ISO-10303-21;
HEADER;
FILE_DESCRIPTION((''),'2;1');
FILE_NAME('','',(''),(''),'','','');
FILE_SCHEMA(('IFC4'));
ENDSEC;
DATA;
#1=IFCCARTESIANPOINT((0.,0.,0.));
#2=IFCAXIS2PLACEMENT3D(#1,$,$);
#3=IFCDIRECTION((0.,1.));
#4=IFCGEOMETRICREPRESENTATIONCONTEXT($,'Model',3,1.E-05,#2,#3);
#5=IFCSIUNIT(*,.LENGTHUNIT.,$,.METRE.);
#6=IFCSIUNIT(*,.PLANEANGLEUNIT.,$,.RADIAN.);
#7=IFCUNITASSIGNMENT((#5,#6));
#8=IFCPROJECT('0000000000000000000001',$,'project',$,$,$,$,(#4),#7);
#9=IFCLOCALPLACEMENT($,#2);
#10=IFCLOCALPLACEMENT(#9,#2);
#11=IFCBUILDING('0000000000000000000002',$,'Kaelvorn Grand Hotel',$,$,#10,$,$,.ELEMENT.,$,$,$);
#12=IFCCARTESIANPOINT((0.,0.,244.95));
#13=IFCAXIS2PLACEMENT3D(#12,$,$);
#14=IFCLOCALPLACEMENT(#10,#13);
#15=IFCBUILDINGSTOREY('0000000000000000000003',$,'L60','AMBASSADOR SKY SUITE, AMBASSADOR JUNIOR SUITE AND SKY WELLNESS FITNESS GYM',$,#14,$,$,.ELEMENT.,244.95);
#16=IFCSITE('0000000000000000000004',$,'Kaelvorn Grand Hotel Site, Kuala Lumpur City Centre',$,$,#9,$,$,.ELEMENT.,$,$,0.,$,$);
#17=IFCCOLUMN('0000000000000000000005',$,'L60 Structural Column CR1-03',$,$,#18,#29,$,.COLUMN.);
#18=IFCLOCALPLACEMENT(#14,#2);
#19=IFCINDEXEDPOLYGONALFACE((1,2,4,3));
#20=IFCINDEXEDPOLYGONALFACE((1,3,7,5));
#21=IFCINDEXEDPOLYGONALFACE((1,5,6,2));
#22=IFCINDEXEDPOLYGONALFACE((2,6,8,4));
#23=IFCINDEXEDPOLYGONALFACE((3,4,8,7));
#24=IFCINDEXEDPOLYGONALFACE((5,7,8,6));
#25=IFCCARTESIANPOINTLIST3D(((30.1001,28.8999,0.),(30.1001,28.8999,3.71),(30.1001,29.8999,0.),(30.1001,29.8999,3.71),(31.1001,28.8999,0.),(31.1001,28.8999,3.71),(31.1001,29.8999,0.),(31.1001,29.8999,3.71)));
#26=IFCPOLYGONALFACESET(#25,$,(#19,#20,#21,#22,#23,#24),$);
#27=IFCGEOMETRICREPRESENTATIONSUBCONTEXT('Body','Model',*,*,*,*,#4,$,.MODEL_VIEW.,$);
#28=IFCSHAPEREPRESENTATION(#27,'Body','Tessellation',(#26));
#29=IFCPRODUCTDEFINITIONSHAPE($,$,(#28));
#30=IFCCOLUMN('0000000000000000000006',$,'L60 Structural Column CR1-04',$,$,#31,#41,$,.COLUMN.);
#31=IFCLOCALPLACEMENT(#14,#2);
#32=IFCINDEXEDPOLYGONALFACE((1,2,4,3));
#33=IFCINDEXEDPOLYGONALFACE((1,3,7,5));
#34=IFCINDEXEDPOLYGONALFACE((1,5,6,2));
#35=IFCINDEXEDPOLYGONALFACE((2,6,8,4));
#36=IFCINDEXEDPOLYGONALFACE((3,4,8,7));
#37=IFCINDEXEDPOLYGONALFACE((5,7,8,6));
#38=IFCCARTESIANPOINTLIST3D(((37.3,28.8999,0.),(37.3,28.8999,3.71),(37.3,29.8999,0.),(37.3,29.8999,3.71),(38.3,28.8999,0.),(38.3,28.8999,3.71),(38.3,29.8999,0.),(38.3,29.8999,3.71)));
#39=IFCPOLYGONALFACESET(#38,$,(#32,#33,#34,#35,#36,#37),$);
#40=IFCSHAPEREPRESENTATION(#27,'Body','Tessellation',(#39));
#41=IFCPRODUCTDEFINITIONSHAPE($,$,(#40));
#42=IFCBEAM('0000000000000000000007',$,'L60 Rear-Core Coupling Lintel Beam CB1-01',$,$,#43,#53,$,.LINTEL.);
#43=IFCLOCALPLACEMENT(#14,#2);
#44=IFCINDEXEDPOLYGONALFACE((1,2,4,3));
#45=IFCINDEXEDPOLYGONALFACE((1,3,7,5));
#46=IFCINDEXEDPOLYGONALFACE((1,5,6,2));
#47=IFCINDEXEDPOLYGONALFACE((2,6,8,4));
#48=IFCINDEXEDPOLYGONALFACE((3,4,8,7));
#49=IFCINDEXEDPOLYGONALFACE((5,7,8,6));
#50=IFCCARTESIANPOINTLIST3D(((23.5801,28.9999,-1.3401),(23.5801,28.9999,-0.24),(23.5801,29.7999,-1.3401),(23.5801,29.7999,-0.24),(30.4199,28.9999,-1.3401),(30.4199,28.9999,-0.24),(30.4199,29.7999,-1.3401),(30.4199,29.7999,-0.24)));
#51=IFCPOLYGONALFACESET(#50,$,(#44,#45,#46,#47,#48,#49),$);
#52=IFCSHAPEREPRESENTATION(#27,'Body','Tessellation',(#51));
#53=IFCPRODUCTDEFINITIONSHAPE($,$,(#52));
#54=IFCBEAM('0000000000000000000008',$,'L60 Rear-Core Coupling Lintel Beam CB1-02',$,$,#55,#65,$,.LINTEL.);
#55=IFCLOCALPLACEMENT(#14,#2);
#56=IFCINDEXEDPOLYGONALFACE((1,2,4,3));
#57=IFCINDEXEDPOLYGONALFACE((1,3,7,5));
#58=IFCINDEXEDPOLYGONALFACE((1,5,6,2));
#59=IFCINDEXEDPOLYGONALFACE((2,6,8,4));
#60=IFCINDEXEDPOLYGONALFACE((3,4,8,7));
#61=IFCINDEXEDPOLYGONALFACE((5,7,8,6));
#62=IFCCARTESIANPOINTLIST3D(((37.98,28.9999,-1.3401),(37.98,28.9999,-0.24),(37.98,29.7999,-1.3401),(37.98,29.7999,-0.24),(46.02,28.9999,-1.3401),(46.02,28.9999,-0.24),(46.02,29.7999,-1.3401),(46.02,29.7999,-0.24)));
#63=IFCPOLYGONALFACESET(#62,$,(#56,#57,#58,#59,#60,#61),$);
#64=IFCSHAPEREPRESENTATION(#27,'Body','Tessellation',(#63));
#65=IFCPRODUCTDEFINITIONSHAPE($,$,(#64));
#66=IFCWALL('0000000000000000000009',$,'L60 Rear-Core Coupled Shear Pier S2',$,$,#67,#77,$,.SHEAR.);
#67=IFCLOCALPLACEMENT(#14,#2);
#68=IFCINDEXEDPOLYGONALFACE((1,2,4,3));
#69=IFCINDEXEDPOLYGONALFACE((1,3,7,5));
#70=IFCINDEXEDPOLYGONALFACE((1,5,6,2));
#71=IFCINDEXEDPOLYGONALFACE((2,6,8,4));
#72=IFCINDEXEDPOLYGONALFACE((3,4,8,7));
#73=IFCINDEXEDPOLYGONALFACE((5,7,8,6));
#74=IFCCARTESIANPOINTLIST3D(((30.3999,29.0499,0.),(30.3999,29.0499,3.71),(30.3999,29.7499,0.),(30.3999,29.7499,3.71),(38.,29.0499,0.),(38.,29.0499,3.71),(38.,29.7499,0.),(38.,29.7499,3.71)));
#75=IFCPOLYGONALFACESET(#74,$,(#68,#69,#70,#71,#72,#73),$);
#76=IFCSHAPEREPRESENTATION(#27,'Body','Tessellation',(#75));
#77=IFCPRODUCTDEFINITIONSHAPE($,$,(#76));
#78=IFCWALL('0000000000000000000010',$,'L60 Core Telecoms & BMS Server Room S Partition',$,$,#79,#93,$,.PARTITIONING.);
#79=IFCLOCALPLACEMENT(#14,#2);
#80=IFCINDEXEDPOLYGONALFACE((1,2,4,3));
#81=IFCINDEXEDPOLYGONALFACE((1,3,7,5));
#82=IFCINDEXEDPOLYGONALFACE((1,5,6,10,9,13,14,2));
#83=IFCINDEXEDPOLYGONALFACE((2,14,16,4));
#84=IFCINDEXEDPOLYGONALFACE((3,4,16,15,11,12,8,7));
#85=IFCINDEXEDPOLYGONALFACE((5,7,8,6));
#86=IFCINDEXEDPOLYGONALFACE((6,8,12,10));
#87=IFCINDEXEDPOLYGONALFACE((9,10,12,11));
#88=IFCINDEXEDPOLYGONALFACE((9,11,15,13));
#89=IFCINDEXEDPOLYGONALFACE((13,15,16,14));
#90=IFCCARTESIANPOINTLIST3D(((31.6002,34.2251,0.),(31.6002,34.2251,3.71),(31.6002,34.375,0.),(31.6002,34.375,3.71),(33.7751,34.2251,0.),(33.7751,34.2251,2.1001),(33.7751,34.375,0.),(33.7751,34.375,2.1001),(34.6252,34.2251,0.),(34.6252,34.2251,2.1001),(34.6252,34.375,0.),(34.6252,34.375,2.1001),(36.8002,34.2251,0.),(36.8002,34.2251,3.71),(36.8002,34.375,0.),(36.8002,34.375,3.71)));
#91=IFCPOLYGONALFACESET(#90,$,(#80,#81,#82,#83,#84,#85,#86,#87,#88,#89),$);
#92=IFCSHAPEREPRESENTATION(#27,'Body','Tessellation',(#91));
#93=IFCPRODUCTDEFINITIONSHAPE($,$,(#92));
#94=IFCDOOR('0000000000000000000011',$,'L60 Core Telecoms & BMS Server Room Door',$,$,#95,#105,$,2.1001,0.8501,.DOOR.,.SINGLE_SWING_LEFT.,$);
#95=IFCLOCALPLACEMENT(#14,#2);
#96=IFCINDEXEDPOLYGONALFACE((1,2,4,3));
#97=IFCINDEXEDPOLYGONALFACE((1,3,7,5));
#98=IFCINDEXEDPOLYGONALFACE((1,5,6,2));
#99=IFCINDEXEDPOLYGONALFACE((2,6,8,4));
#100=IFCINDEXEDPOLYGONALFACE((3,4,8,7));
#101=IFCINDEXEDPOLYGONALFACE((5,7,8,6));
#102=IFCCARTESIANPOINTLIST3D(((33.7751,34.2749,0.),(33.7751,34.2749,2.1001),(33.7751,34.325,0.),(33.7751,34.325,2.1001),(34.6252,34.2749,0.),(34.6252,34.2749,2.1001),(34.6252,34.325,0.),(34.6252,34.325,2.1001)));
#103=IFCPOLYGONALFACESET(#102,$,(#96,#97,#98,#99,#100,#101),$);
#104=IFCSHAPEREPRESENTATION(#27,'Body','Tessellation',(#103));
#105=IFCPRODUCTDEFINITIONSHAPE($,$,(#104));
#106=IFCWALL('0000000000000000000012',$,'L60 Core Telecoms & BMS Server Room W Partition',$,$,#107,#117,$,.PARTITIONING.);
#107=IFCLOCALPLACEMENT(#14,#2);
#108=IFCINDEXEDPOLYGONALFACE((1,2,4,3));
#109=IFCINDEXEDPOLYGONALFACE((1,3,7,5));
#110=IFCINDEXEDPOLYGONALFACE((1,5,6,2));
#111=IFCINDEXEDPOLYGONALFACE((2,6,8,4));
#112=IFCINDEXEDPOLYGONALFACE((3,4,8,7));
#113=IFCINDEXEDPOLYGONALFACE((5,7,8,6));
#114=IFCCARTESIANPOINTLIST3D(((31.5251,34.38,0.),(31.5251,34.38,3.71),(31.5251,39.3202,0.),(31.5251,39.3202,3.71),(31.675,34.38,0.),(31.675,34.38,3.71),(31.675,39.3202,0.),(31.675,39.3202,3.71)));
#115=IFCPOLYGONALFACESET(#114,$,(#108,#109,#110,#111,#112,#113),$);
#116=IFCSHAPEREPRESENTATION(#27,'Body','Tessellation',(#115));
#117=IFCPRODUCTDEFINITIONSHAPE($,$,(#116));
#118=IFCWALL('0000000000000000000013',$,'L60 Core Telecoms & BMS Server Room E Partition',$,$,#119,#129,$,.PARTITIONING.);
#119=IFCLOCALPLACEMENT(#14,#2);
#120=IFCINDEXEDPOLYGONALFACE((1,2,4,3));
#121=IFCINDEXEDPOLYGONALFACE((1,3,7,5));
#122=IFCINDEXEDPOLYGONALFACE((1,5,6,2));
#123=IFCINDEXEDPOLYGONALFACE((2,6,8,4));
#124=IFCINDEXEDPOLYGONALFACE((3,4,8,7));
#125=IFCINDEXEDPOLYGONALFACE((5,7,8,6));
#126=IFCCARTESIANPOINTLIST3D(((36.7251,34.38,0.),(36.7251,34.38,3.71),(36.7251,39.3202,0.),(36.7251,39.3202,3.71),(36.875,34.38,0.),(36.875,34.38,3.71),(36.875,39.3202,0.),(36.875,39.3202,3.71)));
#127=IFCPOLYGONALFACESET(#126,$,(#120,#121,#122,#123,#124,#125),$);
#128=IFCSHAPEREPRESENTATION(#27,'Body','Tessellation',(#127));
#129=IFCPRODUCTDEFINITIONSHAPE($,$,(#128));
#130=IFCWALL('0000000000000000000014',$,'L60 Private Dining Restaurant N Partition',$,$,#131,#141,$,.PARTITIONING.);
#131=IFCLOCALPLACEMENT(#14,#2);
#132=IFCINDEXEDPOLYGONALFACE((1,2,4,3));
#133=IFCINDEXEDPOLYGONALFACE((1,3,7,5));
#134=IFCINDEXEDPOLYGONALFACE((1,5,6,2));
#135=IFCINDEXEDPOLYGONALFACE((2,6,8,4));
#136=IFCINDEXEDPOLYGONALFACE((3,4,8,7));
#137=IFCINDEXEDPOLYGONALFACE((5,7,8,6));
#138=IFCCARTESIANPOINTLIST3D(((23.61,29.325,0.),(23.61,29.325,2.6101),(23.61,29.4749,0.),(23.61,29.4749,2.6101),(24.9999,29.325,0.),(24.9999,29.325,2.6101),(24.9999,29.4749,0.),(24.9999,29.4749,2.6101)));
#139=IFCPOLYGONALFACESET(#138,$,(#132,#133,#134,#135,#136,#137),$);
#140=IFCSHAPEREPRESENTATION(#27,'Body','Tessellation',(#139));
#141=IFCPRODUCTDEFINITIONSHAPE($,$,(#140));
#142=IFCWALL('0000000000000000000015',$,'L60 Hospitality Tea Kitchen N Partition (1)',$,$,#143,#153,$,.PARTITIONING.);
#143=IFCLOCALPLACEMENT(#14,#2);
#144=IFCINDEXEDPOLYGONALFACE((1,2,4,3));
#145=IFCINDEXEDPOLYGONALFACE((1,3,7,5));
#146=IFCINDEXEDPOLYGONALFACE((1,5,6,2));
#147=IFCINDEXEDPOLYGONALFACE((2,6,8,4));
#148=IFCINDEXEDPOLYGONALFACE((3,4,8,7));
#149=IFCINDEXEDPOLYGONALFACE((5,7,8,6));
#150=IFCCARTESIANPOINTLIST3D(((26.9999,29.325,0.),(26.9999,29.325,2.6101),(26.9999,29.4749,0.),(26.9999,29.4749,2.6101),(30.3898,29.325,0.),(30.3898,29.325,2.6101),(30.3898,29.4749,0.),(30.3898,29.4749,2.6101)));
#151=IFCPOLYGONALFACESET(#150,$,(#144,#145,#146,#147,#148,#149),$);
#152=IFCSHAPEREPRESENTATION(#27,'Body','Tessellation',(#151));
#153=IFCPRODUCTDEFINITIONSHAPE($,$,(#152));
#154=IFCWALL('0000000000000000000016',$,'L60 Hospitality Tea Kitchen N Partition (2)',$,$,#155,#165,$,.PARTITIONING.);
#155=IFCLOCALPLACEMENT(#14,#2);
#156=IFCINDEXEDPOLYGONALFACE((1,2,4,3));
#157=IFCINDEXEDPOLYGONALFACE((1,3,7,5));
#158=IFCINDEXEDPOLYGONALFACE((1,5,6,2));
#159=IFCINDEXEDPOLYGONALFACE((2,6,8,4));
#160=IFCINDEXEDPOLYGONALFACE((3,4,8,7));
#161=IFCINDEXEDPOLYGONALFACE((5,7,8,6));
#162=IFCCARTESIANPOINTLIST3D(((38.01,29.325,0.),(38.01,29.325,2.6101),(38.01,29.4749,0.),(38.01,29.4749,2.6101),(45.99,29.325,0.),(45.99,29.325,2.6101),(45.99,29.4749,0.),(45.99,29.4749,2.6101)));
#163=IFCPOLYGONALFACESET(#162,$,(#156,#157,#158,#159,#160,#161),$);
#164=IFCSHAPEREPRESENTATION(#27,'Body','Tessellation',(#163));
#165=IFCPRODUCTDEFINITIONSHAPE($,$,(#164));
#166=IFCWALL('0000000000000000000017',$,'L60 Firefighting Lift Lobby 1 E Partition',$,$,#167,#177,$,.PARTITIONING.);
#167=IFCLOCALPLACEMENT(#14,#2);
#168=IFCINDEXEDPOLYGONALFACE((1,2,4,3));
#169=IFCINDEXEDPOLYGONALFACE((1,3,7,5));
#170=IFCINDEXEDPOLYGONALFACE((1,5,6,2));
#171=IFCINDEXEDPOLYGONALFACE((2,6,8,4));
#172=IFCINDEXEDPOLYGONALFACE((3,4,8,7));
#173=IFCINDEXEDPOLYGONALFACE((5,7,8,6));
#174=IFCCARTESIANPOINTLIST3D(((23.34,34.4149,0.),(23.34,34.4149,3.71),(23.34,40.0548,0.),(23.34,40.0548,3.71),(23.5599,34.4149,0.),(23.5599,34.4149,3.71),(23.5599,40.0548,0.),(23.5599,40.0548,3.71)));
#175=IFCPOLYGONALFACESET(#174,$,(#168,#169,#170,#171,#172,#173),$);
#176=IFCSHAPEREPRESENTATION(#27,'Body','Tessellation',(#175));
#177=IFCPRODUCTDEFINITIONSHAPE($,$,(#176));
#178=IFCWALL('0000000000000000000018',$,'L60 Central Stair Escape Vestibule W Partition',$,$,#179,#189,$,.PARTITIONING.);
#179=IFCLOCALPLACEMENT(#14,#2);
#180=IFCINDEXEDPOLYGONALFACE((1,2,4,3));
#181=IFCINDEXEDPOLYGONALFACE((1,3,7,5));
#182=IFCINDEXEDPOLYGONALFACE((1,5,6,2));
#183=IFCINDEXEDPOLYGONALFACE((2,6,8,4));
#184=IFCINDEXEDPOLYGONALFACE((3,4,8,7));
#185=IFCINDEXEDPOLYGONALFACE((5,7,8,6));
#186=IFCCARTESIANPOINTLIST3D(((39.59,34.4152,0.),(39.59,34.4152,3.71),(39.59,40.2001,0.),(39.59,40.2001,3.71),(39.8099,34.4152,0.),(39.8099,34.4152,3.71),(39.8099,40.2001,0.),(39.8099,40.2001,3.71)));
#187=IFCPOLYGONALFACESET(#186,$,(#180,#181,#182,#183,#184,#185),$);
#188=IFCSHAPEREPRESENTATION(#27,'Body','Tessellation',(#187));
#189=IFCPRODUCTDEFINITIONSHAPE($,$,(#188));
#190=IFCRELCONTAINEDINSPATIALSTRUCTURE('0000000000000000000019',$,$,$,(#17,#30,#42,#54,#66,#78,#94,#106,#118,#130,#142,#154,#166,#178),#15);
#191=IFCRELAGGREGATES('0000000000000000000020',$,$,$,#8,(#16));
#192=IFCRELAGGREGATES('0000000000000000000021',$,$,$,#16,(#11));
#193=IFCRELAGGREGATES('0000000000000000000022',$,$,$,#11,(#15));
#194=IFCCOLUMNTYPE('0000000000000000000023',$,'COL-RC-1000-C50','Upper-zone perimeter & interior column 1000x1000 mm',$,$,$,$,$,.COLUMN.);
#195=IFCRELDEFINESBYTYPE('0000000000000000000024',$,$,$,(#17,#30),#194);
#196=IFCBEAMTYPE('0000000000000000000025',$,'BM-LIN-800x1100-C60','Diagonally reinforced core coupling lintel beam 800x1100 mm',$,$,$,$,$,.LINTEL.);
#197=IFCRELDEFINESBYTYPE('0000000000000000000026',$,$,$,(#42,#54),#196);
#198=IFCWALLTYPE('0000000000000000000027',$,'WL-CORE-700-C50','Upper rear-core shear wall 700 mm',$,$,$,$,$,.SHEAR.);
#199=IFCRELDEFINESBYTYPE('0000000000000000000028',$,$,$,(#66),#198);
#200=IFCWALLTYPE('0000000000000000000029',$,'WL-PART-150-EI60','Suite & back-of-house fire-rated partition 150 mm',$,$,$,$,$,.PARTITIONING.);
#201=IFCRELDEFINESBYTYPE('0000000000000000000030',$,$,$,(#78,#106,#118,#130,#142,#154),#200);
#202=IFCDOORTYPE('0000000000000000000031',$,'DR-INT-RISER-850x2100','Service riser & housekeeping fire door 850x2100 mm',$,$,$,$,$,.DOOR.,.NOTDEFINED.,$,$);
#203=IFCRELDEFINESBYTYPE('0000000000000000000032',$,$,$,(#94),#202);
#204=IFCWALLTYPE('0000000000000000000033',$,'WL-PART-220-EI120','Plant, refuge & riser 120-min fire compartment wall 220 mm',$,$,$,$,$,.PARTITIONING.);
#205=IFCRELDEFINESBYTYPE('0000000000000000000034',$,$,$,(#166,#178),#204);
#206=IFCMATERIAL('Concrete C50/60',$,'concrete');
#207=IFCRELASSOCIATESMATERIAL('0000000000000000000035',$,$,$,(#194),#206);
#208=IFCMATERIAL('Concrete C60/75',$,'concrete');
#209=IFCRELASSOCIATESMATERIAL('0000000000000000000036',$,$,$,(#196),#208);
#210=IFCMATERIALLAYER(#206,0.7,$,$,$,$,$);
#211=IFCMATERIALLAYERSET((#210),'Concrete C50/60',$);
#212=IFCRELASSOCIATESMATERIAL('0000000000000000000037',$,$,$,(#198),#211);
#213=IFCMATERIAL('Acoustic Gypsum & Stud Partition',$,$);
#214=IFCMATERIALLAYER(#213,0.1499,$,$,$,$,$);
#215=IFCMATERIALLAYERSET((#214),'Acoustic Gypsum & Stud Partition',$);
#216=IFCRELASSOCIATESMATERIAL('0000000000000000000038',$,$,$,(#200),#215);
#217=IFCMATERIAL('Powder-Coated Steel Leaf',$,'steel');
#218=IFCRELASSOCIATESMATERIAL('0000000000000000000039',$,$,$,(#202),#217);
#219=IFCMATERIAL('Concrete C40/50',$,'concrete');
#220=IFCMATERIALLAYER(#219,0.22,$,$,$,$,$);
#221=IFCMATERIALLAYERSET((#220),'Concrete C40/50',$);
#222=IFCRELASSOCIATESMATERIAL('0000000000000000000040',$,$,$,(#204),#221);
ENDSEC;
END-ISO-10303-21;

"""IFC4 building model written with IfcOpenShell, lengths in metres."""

from ifc_helpers import new_model, si_unit, direction, frame, frame_2d, origin, origin_2d, place, context, subcontext, project, spatial, rectangle, extrude, material, layer, layer_set, material_profile, profile_set, type_object, element, fill, save


model = new_model("IFC4")

# Units and contexts
model_context = context("Model", 3, precision=1e-05, world=origin(), true_north=direction((0.0, 1.0)))
body_context = subcontext(model_context, "Body", "Model", "MODEL_VIEW")
ifc_project = project(units=[si_unit("LENGTHUNIT", "METRE"), si_unit("PLANEANGLEUNIT", "RADIAN")], contexts=[model_context])

# Site, building, storey
site_placement = place(None, origin())
site = spatial("IfcSite", under=ifc_project, at=site_placement, Name="Kaelvorn Grand Hotel Site, Kuala Lumpur City Centre", CompositionType="ELEMENT", RefElevation=0.0)
building_placement = place(site_placement, origin())
building = spatial("IfcBuilding", under=site, at=building_placement, Name="Kaelvorn Grand Hotel", CompositionType="ELEMENT")
storey_placement = place(building_placement, frame((0.0, 0.0, 244.95)))
storey = spatial("IfcBuildingStorey", under=building, at=storey_placement, Name="L60", Description="AMBASSADOR SKY SUITE, AMBASSADOR JUNIOR SUITE AND SKY WELLNESS FITNESS GYM", CompositionType="ELEMENT", Elevation=244.95)

# Columns
ifc_material_1 = material(Name="Concrete C50/60", Category="concrete")
ifc_material_profile_1 = material_profile(ifc_material_1, rectangle(XDim=1.0, YDim=1.0, at=origin_2d()), Name="RC COL 1000x1000")
ifc_profile_set_1 = profile_set([ifc_material_profile_1], Name="Concrete C50/60")
column_type = type_object("IfcColumnType", Name="COL-RC-1000-C50", Description="Upper-zone perimeter & interior column 1000x1000 mm", PredefinedType="COLUMN", material=ifc_profile_set_1)
for number, where, z_axis, x_axis, name in (
    (1, (30.6001, 29.3999, 0.0), (0.0, 0.0, 1.0), (1.0, 0.0, 0.0), "L60 Structural Column CR1-03"),
    (2, (37.8, 29.3999, 0.0), (0.0, 0.0, 1.0), (1.0, 0.0, 0.0), "L60 Structural Column CR1-04"),
):
    element("IfcColumn", number, at=place(storey_placement, frame(where, z_axis=z_axis, x_axis=x_axis)), inside=storey, type_object=column_type, Name=name, PredefinedType="COLUMN", context=body_context, shape_type="SweptSolid", body=[
        extrude(rectangle(XDim=1.0, YDim=1.0, at=origin_2d()), origin(), (0.0, 0.0, 1.0), 3.71),
    ])

# Beams
ifc_material_2 = material(Name="Concrete C60/75", Category="concrete")
ifc_material_profile_2 = material_profile(ifc_material_2, rectangle(XDim=0.8, YDim=1.1001, at=origin_2d()), Name="RC LINTEL 800x1100")
ifc_profile_set_2 = profile_set([ifc_material_profile_2], Name="Concrete C60/75")
beam_type = type_object("IfcBeamType", Name="BM-LIN-800x1100-C60", Description="Diagonally reinforced core coupling lintel beam 800x1100 mm", PredefinedType="LINTEL", material=ifc_profile_set_2)
beam_1_placement = place(storey_placement, frame((23.5801, 29.3999, -0.79), z_axis=(1.0, 0.0, 0.0), x_axis=(0.0, 1.0, 0.0)))
element("IfcBeam", 3, at=beam_1_placement, inside=storey, type_object=beam_type, Name="L60 Rear-Core Coupling Lintel Beam CB1-01", PredefinedType="LINTEL", context=body_context, shape_type="SweptSolid", body=[
    extrude(rectangle(XDim=0.8, YDim=1.1001, at=origin_2d()), origin(), (0.0, 0.0, 1.0), 6.8398),
])
beam_2_placement = place(storey_placement, frame((37.98, 29.3999, -0.79), z_axis=(1.0, 0.0, 0.0), x_axis=(0.0, 1.0, 0.0)))
element("IfcBeam", 4, at=beam_2_placement, inside=storey, type_object=beam_type, Name="L60 Rear-Core Coupling Lintel Beam CB1-02", PredefinedType="LINTEL", context=body_context, shape_type="SweptSolid", body=[
    extrude(rectangle(XDim=0.8, YDim=1.1001, at=origin_2d()), origin(), (0.0, 0.0, 1.0), 8.04),
])

# Wall
ifc_layer_1 = layer(ifc_material_1, 0.7)
ifc_layer_set_1 = layer_set([ifc_layer_1], Name="Concrete C50/60")
wall_type_1 = type_object("IfcWallType", Name="WL-CORE-700-C50", Description="Upper rear-core shear wall 700 mm", PredefinedType="SHEAR", material=ifc_layer_set_1)
wall_1_placement = place(storey_placement, frame((30.3999, 29.3999, 0.0), z_axis=(0.0, 0.0, 1.0), x_axis=(1.0, 0.0, 0.0)))
element("IfcWall", 5, at=wall_1_placement, inside=storey, type_object=wall_type_1, Name="L60 Rear-Core Coupled Shear Pier S2", PredefinedType="SHEAR", context=body_context, shape_type="SweptSolid", body=[
    extrude(rectangle(XDim=7.6001, YDim=0.7, at=frame_2d((3.8, 0.0))), origin(), (0.0, 0.0, 1.0), 3.71),
])

# Wall, opening, door
ifc_material_3 = material(Name="Acoustic Gypsum & Stud Partition")
ifc_layer_2 = layer(ifc_material_3, 0.1499)
ifc_layer_set_2 = layer_set([ifc_layer_2], Name="Acoustic Gypsum & Stud Partition")
wall_type_2 = type_object("IfcWallType", Name="WL-PART-150-EI60", Description="Suite & back-of-house fire-rated partition 150 mm", PredefinedType="PARTITIONING", material=ifc_layer_set_2)
wall_2_placement = place(storey_placement, frame((31.6001, 34.3, 0.0), z_axis=(0.0, 0.0, 1.0), x_axis=(1.0, 0.0, 0.0)))
wall_2 = element("IfcWall", 6, at=wall_2_placement, inside=storey, type_object=wall_type_2, Name="L60 Core Telecoms & BMS Server Room S Partition", PredefinedType="PARTITIONING", context=body_context, shape_type="SweptSolid", body=[
    extrude(rectangle(XDim=5.2, YDim=0.1499, at=frame_2d((2.6001, 0.0))), origin(), (0.0, 0.0, 1.0), 3.71),
])
opening_1_placement = place(wall_2_placement, frame((2.175, 0.0, 0.0)))
opening_1 = element("IfcOpeningElement", 7, at=opening_1_placement, cuts=wall_2, PredefinedType="OPENING", context=body_context, shape_type="SweptSolid", body=[
    extrude(rectangle(XDim=0.8501, YDim=2.1001, at=frame_2d((0.425, 1.05))), frame((0.0, 0.085, 0.0), z_axis=(0.0, -1.0, 0.0), x_axis=(1.0, 0.0, 0.0)), (0.0, 0.0, 1.0), 0.1699),
])
ifc_material_4 = material(Name="Powder-Coated Steel Leaf", Category="steel")
door_type_1 = type_object("IfcDoorType", Name="DR-INT-RISER-850x2100", Description="Service riser & housekeeping fire door 850x2100 mm", OperationType="NOTDEFINED", PredefinedType="DOOR", material=ifc_material_4)
door_1_placement = place(opening_1_placement, origin())
door_1 = element("IfcDoor", 8, at=door_1_placement, inside=storey, type_object=door_type_1, Name="L60 Core Telecoms & BMS Server Room Door", OperationType="SINGLE_SWING_LEFT", OverallHeight=2.1001, OverallWidth=0.8501, PredefinedType="DOOR", context=body_context, shape_type="SweptSolid", body=[
    extrude(rectangle(XDim=0.8501, YDim=2.1001, at=frame_2d((0.425, 1.05))), frame((0.0, 0.0249, 0.0), z_axis=(0.0, -1.0, 0.0), x_axis=(1.0, 0.0, 0.0)), (0.0, 0.0, 1.0), 0.05),
])
fill(opening_1, door_1)

# Walls
for number, where, z_axis, x_axis, name in (
    (9, (31.6001, 34.3799, 0.0), (0.0, 0.0, 1.0), (0.0, 1.0, 0.0), "L60 Core Telecoms & BMS Server Room W Partition"),
    (10, (36.8, 34.3799, 0.0), (0.0, 0.0, 1.0), (0.0, 1.0, 0.0), "L60 Core Telecoms & BMS Server Room E Partition"),
):
    element("IfcWall", number, at=place(storey_placement, frame(where, z_axis=z_axis, x_axis=x_axis)), inside=storey, type_object=wall_type_2, Name=name, PredefinedType="PARTITIONING", context=body_context, shape_type="SweptSolid", body=[
        extrude(rectangle(XDim=4.9402, YDim=0.1499, at=frame_2d((2.4702, 0.0))), origin(), (0.0, 0.0, 1.0), 3.71),
    ])
wall_3_placement = place(storey_placement, frame((23.6101, 29.3999, 0.0), z_axis=(0.0, 0.0, 1.0), x_axis=(1.0, 0.0, 0.0)))
element("IfcWall", 11, at=wall_3_placement, inside=storey, type_object=wall_type_2, Name="L60 Private Dining Restaurant N Partition", PredefinedType="PARTITIONING", context=body_context, shape_type="SweptSolid", body=[
    extrude(rectangle(XDim=1.3899, YDim=0.1499, at=frame_2d((0.6948, 0.0))), origin(), (0.0, 0.0, 1.0), 2.6101),
])
wall_4_placement = place(storey_placement, frame((27.0, 29.3999, 0.0), z_axis=(0.0, 0.0, 1.0), x_axis=(1.0, 0.0, 0.0)))
element("IfcWall", 12, at=wall_4_placement, inside=storey, type_object=wall_type_2, Name="L60 Hospitality Tea Kitchen N Partition (1)", PredefinedType="PARTITIONING", context=body_context, shape_type="SweptSolid", body=[
    extrude(rectangle(XDim=3.3899, YDim=0.1499, at=frame_2d((1.6948, 0.0))), origin(), (0.0, 0.0, 1.0), 2.6101),
])
wall_5_placement = place(storey_placement, frame((38.01, 29.3999, 0.0), z_axis=(0.0, 0.0, 1.0), x_axis=(1.0, 0.0, 0.0)))
element("IfcWall", 13, at=wall_5_placement, inside=storey, type_object=wall_type_2, Name="L60 Hospitality Tea Kitchen N Partition (2)", PredefinedType="PARTITIONING", context=body_context, shape_type="SweptSolid", body=[
    extrude(rectangle(XDim=7.98, YDim=0.1499, at=frame_2d((3.99, 0.0))), origin(), (0.0, 0.0, 1.0), 2.6101),
])
ifc_material_5 = material(Name="Concrete C40/50", Category="concrete")
ifc_layer_3 = layer(ifc_material_5, 0.22)
ifc_layer_set_3 = layer_set([ifc_layer_3], Name="Concrete C40/50")
wall_type_3 = type_object("IfcWallType", Name="WL-PART-220-EI120", Description="Plant, refuge & riser 120-min fire compartment wall 220 mm", PredefinedType="PARTITIONING", material=ifc_layer_set_3)
wall_6_placement = place(storey_placement, frame((23.45, 34.415, 0.0), z_axis=(0.0, 0.0, 1.0), x_axis=(0.0, 1.0, 0.0)))
element("IfcWall", 14, at=wall_6_placement, inside=storey, type_object=wall_type_3, Name="L60 Firefighting Lift Lobby 1 E Partition", PredefinedType="PARTITIONING", context=body_context, shape_type="SweptSolid", body=[
    extrude(rectangle(XDim=5.6399, YDim=0.22, at=frame_2d((2.8198, 0.0))), origin(), (0.0, 0.0, 1.0), 3.71),
])

# Wall
wall_7_placement = place(storey_placement, frame((39.7, 34.415, 0.0), z_axis=(0.0, 0.0, 1.0), x_axis=(0.0, 1.0, 0.0)))
element("IfcWall", 15, at=wall_7_placement, inside=storey, type_object=wall_type_3, Name="L60 Central Stair Escape Vestibule W Partition", PredefinedType="PARTITIONING", context=body_context, shape_type="SweptSolid", body=[
    extrude(rectangle(XDim=5.7849, YDim=0.22, at=frame_2d((2.8926, 0.0))), origin(), (0.0, 0.0, 1.0), 3.71),
])

save(model, "model.ifc")
